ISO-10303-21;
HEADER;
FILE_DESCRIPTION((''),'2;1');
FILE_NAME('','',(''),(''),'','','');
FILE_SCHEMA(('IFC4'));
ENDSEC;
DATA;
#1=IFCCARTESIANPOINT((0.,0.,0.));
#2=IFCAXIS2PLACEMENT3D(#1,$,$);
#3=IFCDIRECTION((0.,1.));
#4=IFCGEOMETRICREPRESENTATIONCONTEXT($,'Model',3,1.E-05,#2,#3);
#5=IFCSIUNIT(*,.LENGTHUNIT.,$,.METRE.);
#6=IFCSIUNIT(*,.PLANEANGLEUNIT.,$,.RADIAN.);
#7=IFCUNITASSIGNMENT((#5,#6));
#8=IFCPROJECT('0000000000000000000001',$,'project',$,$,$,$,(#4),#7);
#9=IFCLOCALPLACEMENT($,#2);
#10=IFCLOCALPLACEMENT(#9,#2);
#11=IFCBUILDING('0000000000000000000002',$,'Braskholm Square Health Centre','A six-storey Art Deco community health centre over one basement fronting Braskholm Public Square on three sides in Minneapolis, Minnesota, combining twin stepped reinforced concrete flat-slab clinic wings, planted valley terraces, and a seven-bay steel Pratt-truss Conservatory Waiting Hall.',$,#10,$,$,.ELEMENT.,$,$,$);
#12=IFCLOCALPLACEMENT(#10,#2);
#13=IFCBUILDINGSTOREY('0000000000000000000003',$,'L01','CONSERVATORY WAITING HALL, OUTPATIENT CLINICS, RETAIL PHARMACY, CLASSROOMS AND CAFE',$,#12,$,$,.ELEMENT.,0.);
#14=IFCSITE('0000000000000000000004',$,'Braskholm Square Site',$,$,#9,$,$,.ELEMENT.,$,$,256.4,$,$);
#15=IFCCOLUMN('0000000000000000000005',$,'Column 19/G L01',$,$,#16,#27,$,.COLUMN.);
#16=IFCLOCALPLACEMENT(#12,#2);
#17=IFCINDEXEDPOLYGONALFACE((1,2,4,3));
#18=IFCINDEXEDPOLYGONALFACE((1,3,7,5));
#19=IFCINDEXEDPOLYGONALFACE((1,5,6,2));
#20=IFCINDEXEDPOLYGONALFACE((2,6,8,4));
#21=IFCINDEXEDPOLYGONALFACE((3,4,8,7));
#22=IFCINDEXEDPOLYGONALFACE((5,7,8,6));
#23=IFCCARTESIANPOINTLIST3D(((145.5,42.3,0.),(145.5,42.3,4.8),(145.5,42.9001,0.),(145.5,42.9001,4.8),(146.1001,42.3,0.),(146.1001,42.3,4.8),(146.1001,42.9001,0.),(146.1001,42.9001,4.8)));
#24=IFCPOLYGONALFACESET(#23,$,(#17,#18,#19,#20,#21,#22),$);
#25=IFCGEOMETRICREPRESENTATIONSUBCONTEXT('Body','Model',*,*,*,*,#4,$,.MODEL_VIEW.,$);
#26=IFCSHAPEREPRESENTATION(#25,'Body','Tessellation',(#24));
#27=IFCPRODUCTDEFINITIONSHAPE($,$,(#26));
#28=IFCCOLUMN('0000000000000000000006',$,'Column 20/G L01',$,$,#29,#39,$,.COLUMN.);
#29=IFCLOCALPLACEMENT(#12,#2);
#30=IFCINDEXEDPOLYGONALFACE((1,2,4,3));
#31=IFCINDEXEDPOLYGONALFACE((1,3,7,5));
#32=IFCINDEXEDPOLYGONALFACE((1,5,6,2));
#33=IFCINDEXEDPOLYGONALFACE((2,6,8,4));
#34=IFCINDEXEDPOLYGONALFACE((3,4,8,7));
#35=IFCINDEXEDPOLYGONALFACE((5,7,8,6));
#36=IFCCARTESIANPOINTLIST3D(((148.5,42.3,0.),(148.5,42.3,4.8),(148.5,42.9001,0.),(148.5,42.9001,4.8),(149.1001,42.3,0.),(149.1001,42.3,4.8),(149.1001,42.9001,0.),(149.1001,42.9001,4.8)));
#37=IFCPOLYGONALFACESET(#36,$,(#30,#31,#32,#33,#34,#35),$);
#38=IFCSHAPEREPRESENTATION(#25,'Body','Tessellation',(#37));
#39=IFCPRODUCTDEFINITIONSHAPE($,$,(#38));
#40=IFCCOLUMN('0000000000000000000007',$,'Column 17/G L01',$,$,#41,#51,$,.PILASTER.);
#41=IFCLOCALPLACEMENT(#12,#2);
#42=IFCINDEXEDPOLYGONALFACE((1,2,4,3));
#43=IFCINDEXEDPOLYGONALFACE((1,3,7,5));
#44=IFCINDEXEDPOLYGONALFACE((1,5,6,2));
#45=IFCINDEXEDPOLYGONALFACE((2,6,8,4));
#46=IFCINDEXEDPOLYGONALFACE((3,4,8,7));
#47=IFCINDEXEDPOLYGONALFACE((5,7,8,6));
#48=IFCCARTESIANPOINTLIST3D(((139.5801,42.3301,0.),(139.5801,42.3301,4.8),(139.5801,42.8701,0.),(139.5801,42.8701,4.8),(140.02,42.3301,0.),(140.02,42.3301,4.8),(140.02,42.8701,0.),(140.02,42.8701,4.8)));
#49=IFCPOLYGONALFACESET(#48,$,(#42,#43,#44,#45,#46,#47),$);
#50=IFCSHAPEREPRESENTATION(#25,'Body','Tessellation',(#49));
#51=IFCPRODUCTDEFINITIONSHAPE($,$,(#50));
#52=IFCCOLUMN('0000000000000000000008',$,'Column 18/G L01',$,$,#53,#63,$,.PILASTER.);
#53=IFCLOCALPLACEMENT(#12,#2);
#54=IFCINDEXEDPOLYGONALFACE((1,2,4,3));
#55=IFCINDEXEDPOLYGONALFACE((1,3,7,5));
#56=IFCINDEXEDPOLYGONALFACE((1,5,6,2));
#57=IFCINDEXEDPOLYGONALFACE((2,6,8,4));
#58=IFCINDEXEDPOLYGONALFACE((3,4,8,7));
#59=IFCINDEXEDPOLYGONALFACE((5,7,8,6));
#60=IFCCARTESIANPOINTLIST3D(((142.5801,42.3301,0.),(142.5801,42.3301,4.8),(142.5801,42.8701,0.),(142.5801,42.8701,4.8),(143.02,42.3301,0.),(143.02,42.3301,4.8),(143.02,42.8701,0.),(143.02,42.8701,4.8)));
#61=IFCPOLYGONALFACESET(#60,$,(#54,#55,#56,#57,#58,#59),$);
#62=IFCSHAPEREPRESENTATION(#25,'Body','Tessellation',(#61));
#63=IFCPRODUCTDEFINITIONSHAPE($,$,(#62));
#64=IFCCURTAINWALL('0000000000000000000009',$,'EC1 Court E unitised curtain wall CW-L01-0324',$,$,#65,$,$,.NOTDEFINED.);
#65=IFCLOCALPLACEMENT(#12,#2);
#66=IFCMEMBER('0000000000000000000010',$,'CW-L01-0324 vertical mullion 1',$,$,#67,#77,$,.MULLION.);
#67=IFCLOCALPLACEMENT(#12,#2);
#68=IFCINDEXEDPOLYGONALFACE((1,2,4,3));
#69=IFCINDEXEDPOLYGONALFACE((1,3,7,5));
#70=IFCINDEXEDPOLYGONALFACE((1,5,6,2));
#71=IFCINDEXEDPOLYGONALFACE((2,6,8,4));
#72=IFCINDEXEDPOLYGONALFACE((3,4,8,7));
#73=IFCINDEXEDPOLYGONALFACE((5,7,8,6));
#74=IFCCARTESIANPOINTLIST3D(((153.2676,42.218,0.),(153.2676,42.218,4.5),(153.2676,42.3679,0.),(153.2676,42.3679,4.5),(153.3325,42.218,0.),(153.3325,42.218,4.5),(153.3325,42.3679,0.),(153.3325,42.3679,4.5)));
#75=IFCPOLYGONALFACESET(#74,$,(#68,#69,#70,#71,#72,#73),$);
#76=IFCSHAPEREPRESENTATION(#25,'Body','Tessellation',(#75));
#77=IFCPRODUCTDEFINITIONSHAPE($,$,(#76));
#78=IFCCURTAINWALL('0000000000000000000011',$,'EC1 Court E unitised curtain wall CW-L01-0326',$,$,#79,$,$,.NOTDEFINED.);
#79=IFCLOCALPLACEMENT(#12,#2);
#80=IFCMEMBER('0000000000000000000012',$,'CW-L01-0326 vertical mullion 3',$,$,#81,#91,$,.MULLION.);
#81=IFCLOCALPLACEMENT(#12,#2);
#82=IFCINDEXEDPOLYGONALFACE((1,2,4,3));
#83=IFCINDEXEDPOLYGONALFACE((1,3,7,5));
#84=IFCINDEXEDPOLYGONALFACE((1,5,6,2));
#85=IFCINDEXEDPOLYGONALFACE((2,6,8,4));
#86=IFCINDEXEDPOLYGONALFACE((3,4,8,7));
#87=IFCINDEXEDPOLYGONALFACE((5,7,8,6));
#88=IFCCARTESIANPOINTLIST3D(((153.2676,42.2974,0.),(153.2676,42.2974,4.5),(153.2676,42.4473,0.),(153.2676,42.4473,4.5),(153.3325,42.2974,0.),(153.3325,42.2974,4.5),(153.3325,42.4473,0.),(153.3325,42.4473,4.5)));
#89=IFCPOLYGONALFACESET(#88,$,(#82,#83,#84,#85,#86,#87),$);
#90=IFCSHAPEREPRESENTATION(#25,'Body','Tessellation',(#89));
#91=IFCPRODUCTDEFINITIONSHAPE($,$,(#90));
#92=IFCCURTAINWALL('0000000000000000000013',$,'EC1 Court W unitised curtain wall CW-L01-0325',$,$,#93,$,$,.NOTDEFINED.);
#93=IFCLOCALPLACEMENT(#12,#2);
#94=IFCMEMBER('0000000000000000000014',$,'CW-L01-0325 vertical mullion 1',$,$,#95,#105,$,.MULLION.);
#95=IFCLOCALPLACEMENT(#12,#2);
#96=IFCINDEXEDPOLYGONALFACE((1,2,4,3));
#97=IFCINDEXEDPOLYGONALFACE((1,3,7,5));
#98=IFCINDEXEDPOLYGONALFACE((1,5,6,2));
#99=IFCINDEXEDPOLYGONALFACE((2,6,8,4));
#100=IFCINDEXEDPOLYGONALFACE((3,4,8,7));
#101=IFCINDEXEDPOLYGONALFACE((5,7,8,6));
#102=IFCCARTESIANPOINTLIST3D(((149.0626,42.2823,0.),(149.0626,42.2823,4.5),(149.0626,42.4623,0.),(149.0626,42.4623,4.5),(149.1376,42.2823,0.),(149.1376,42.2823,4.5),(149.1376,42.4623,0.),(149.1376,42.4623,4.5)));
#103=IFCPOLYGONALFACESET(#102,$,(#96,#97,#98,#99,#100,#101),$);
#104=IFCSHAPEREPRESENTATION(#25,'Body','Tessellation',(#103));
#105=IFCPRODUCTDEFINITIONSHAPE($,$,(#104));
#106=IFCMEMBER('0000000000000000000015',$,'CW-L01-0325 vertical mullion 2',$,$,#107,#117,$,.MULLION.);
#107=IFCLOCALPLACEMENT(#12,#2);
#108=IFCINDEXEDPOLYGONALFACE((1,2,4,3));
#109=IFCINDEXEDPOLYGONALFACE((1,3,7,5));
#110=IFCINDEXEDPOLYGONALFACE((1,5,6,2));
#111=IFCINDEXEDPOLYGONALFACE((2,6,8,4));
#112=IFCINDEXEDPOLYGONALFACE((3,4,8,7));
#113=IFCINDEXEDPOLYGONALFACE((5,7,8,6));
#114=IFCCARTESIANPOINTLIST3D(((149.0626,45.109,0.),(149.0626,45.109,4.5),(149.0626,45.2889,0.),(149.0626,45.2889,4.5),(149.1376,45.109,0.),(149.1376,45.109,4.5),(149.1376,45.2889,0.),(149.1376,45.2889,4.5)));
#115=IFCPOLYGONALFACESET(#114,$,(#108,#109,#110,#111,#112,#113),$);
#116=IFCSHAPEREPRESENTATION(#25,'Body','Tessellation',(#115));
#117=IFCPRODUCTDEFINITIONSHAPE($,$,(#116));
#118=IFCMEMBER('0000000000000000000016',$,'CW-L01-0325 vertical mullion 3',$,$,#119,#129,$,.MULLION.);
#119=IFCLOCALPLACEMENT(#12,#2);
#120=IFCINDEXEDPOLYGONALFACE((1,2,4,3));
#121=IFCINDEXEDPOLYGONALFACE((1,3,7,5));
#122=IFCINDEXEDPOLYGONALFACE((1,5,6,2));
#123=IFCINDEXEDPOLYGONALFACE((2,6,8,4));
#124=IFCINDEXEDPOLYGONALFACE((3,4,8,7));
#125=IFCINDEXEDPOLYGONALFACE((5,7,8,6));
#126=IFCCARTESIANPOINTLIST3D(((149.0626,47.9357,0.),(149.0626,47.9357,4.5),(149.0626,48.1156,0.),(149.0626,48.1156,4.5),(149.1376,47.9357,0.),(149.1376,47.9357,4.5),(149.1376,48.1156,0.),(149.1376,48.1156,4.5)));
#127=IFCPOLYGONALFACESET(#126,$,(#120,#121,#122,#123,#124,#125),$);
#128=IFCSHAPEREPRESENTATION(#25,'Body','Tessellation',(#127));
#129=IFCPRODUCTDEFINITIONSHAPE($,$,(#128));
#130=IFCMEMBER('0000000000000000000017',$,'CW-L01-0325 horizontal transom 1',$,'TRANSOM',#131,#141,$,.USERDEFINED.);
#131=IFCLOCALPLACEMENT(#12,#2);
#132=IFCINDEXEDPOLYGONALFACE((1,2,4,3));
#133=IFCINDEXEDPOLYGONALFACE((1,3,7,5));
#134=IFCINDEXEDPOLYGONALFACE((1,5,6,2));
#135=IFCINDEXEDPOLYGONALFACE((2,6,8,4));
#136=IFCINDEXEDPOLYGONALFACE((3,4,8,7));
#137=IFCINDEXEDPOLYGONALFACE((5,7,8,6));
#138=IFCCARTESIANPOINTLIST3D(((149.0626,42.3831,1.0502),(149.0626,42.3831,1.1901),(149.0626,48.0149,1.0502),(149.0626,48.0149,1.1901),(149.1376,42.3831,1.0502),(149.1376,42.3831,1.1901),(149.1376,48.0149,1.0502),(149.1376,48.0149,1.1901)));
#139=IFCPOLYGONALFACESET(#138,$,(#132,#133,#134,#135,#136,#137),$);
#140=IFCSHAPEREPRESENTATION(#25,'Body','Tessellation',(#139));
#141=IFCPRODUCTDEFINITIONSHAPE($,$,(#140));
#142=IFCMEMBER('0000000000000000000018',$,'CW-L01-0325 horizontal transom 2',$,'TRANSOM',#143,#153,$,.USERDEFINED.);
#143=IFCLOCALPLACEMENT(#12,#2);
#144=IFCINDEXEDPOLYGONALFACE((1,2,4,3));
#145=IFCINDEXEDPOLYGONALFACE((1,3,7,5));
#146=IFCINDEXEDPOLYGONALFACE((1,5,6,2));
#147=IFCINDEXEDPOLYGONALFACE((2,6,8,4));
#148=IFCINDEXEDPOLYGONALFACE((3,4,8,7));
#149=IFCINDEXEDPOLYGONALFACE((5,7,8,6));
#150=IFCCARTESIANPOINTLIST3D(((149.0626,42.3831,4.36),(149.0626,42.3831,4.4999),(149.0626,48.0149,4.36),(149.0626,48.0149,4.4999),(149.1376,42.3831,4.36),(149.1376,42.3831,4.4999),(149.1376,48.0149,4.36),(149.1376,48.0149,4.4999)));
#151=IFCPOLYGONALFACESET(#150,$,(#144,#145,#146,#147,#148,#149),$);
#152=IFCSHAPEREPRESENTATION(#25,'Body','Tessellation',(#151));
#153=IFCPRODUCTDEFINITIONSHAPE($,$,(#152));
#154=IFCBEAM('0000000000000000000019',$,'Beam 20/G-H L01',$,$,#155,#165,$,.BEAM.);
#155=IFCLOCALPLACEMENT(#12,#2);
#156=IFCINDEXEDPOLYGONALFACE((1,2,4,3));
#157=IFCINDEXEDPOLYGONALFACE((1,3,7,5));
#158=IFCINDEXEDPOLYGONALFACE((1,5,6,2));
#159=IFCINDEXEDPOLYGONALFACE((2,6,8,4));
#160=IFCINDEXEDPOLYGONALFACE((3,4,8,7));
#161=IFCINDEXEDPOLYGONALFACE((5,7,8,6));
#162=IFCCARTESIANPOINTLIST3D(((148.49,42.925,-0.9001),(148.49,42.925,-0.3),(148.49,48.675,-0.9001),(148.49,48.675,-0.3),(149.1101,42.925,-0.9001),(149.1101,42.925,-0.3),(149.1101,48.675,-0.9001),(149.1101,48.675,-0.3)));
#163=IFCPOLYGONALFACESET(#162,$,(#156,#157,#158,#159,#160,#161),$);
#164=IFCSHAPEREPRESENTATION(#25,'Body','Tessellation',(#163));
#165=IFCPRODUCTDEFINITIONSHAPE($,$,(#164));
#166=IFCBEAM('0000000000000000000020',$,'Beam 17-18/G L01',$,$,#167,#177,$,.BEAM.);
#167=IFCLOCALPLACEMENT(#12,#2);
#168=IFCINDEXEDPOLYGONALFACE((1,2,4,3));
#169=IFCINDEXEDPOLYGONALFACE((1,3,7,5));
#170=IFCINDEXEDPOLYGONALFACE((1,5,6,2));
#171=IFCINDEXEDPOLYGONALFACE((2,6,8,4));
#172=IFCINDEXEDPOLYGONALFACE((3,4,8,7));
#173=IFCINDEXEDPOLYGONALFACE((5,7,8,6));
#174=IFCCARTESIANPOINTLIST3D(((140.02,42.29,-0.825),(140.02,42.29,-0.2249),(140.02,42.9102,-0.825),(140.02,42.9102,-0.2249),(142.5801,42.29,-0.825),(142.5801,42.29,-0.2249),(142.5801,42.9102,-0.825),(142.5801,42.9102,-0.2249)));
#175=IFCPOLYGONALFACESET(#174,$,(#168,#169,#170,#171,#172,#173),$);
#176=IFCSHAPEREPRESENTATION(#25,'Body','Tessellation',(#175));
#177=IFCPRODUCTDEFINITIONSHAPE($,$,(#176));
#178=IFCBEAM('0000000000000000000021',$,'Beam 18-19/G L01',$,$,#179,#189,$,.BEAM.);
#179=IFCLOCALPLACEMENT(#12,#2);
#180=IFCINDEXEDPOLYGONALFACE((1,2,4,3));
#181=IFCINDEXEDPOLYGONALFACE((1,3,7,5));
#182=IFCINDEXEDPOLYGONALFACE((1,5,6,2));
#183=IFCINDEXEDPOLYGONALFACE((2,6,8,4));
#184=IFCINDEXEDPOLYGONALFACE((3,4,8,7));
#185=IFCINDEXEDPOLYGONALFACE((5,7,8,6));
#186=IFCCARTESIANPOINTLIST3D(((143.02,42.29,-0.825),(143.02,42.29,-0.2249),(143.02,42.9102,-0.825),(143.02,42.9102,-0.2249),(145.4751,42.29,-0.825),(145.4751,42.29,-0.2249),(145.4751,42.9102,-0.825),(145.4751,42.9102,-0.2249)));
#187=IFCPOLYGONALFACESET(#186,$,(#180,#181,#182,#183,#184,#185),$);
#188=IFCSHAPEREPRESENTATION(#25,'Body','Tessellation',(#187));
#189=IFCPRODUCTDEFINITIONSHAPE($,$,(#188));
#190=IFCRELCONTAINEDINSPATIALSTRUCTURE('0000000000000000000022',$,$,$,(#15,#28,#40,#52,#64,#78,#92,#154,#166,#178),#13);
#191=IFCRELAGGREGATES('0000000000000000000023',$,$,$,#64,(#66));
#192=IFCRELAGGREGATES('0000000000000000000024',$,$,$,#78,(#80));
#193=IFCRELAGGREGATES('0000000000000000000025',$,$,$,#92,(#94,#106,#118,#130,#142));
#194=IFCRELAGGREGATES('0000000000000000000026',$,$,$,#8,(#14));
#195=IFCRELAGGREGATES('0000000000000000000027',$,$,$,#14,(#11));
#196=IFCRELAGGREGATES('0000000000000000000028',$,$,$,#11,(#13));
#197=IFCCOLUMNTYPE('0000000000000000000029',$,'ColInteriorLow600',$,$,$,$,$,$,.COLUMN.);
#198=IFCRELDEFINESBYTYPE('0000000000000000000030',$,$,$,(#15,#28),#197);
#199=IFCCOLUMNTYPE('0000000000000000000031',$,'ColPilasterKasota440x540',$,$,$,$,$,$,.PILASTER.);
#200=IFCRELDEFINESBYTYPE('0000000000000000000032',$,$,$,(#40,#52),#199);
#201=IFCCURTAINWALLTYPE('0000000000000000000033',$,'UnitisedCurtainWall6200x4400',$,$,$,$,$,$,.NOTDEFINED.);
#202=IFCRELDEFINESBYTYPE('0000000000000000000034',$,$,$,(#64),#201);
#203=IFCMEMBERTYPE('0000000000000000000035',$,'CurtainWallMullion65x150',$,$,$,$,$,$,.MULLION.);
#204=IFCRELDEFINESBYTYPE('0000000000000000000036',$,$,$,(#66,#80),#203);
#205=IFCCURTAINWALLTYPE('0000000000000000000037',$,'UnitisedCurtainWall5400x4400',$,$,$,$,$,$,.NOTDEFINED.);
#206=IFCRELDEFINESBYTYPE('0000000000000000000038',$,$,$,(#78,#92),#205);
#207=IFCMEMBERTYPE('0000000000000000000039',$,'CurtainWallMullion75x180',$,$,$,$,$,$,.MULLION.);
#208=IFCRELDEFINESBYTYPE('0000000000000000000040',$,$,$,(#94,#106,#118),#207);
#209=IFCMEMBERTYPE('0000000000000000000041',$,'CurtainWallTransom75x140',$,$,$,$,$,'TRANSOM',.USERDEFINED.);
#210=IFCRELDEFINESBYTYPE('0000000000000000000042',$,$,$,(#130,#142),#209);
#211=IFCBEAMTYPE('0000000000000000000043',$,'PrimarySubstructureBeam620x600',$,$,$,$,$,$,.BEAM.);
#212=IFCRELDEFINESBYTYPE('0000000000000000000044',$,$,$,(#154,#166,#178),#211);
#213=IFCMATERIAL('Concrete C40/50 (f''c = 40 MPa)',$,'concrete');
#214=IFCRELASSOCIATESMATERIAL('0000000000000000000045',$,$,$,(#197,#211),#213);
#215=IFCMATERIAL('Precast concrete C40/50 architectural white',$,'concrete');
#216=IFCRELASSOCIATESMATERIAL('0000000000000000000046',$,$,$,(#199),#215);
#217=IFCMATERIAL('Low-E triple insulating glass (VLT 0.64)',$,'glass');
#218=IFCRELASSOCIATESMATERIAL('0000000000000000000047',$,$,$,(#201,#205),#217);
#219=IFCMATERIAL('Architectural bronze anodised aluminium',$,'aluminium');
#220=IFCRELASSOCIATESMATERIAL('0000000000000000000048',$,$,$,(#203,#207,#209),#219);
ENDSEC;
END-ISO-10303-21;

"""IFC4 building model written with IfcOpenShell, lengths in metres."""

from ifc_helpers import new_model, si_unit, direction, frame, origin, origin_2d, place, context, subcontext, project, spatial, rectangle, extrude, material, material_profile, profile_set, type_object, element, aggregate, save


model = new_model("IFC4")

# Units and contexts
model_context = context("Model", 3, precision=1e-05, world=origin(), true_north=direction((0.0, 1.0)))
body_context = subcontext(model_context, "Body", "Model", "MODEL_VIEW")
ifc_project = project(units=[si_unit("LENGTHUNIT", "METRE"), si_unit("PLANEANGLEUNIT", "RADIAN")], contexts=[model_context])

# Site, building, storey
site_placement = place(None, origin())
site = spatial("IfcSite", under=ifc_project, at=site_placement, Name="Braskholm Square Site", CompositionType="ELEMENT", RefElevation=256.4)
building_placement = place(site_placement, origin())
building = spatial("IfcBuilding", under=site, at=building_placement, Name="Braskholm Square Health Centre", Description="A six-storey Art Deco community health centre over one basement fronting Braskholm Public Square on three sides in Minneapolis, Minnesota, combining twin stepped reinforced concrete flat-slab clinic wings, planted valley terraces, and a seven-bay steel Pratt-truss Conservatory Waiting Hall.", CompositionType="ELEMENT")
storey_placement = place(building_placement, origin())
storey = spatial("IfcBuildingStorey", under=building, at=storey_placement, Name="L01", Description="CONSERVATORY WAITING HALL, OUTPATIENT CLINICS, RETAIL PHARMACY, CLASSROOMS AND CAFE", CompositionType="ELEMENT", Elevation=0.0)

# Columns
ifc_material_1 = material(Name="Concrete C40/50 (f'c = 40 MPa)", Category="concrete")
ifc_material_profile_1 = material_profile(ifc_material_1, rectangle(XDim=0.6001, YDim=0.6001, at=origin_2d()), Name="RC-600X600")
ifc_profile_set_1 = profile_set([ifc_material_profile_1], Name="Concrete C40/50 (f'c = 40 MPa)")
column_type_1 = type_object("IfcColumnType", Name="ColInteriorLow600", PredefinedType="COLUMN", material=ifc_profile_set_1)
for number, where, z_axis, x_axis, name in (
    (1, (145.8, 42.6001, 0.0), (0.0, 0.0, 1.0), (1.0, 0.0, 0.0), "Column 19/G L01"),
    (2, (148.8, 42.6001, 0.0), (0.0, 0.0, 1.0), (1.0, 0.0, 0.0), "Column 20/G L01"),
):
    element("IfcColumn", number, at=place(storey_placement, frame(where, z_axis=z_axis, x_axis=x_axis)), inside=storey, type_object=column_type_1, Name=name, PredefinedType="COLUMN", context=body_context, shape_type="SweptSolid", body=[
        extrude(rectangle(XDim=0.6001, YDim=0.6001, at=origin_2d()), origin(), (0.0, 0.0, 1.0), 4.8),
    ])
ifc_material_2 = material(Name="Precast concrete C40/50 architectural white", Category="concrete")
ifc_material_profile_2 = material_profile(ifc_material_2, rectangle(XDim=0.4399, YDim=0.54, at=origin_2d()), Name="RC-440X540")
ifc_profile_set_2 = profile_set([ifc_material_profile_2], Name="Precast concrete C40/50 architectural white")
column_type_2 = type_object("IfcColumnType", Name="ColPilasterKasota440x540", PredefinedType="PILASTER", material=ifc_profile_set_2)
for number, where, z_axis, x_axis, name in (
    (3, (139.8, 42.6001, 0.0), (0.0, 0.0, 1.0), (1.0, 0.0, 0.0), "Column 17/G L01"),
    (4, (142.8, 42.6001, 0.0), (0.0, 0.0, 1.0), (1.0, 0.0, 0.0), "Column 18/G L01"),
):
    element("IfcColumn", number, at=place(storey_placement, frame(where, z_axis=z_axis, x_axis=x_axis)), inside=storey, type_object=column_type_2, Name=name, PredefinedType="PILASTER", context=body_context, shape_type="SweptSolid", body=[
        extrude(rectangle(XDim=0.4399, YDim=0.54, at=origin_2d()), origin(), (0.0, 0.0, 1.0), 4.8),
    ])

# Curtain walls, members
ifc_material_3 = material(Name="Low-E triple insulating glass (VLT 0.64)", Category="glass")
curtain_wall_type_1 = type_object("IfcCurtainWallType", Name="UnitisedCurtainWall6200x4400", PredefinedType="NOTDEFINED", material=ifc_material_3)
curtain_wall_1_placement = place(storey_placement, origin())
curtain_wall_1 = element("IfcCurtainWall", 5, at=curtain_wall_1_placement, inside=storey, type_object=curtain_wall_type_1, Name="EC1 Court E unitised curtain wall CW-L01-0324", PredefinedType="NOTDEFINED")
ifc_material_4 = material(Name="Architectural bronze anodised aluminium", Category="aluminium")
ifc_material_profile_3 = material_profile(ifc_material_4, rectangle(XDim=0.0649, YDim=0.1499, at=origin_2d()), Name="ALU-65X150")
ifc_profile_set_3 = profile_set([ifc_material_profile_3], Name="Architectural bronze anodised aluminium")
member_type_1 = type_object("IfcMemberType", Name="CurtainWallMullion65x150", PredefinedType="MULLION", material=ifc_profile_set_3)
member_1_placement = place(storey_placement, frame((153.3, 42.293, 0.0), z_axis=(0.0, 0.0, 1.0), x_axis=(1.0, 0.0, 0.0)))
member_1 = element("IfcMember", 6, at=member_1_placement, type_object=member_type_1, Name="CW-L01-0324 vertical mullion 1", PredefinedType="MULLION", context=body_context, shape_type="SweptSolid", body=[
    extrude(rectangle(XDim=0.0649, YDim=0.1499, at=origin_2d()), origin(), (0.0, 0.0, 1.0), 4.5),
])
aggregate(curtain_wall_1, [member_1])
curtain_wall_type_2 = type_object("IfcCurtainWallType", Name="UnitisedCurtainWall5400x4400", PredefinedType="NOTDEFINED", material=ifc_material_3)
curtain_wall_2_placement = place(storey_placement, origin())
curtain_wall_2 = element("IfcCurtainWall", 7, at=curtain_wall_2_placement, inside=storey, type_object=curtain_wall_type_2, Name="EC1 Court E unitised curtain wall CW-L01-0326", PredefinedType="NOTDEFINED")
member_2_placement = place(storey_placement, frame((153.3, 42.3723, 0.0), z_axis=(0.0, 0.0, 1.0), x_axis=(1.0, 0.0, 0.0)))
member_2 = element("IfcMember", 8, at=member_2_placement, type_object=member_type_1, Name="CW-L01-0326 vertical mullion 3", PredefinedType="MULLION", context=body_context, shape_type="SweptSolid", body=[
    extrude(rectangle(XDim=0.0649, YDim=0.1499, at=origin_2d()), origin(), (0.0, 0.0, 1.0), 4.5),
])
aggregate(curtain_wall_2, [member_2])

# Curtain wall, members
curtain_wall_3_placement = place(storey_placement, origin())
curtain_wall_3 = element("IfcCurtainWall", 9, at=curtain_wall_3_placement, inside=storey, type_object=curtain_wall_type_2, Name="EC1 Court W unitised curtain wall CW-L01-0325", PredefinedType="NOTDEFINED")
ifc_material_profile_4 = material_profile(ifc_material_4, rectangle(XDim=0.075, YDim=0.1799, at=origin_2d()), Name="ALU-75X180")
ifc_profile_set_4 = profile_set([ifc_material_profile_4], Name="Architectural bronze anodised aluminium")
member_type_2 = type_object("IfcMemberType", Name="CurtainWallMullion75x180", PredefinedType="MULLION", material=ifc_profile_set_4)
member_3_placement = place(storey_placement, frame((149.1001, 42.3723, 0.0), z_axis=(0.0, 0.0, 1.0), x_axis=(1.0, 0.0, 0.0)))
member_3 = element("IfcMember", 10, at=member_3_placement, type_object=member_type_2, Name="CW-L01-0325 vertical mullion 1", PredefinedType="MULLION", context=body_context, shape_type="SweptSolid", body=[
    extrude(rectangle(XDim=0.075, YDim=0.1799, at=origin_2d()), origin(), (0.0, 0.0, 1.0), 4.5),
])
member_4_placement = place(storey_placement, frame((149.1001, 45.199, 0.0), z_axis=(0.0, 0.0, 1.0), x_axis=(1.0, 0.0, 0.0)))
member_4 = element("IfcMember", 11, at=member_4_placement, type_object=member_type_2, Name="CW-L01-0325 vertical mullion 2", PredefinedType="MULLION", context=body_context, shape_type="SweptSolid", body=[
    extrude(rectangle(XDim=0.075, YDim=0.1799, at=origin_2d()), origin(), (0.0, 0.0, 1.0), 4.5),
])
member_5_placement = place(storey_placement, frame((149.1001, 48.0256, 0.0), z_axis=(0.0, 0.0, 1.0), x_axis=(1.0, 0.0, 0.0)))
member_5 = element("IfcMember", 12, at=member_5_placement, type_object=member_type_2, Name="CW-L01-0325 vertical mullion 3", PredefinedType="MULLION", context=body_context, shape_type="SweptSolid", body=[
    extrude(rectangle(XDim=0.075, YDim=0.1799, at=origin_2d()), origin(), (0.0, 0.0, 1.0), 4.5),
])
ifc_material_profile_5 = material_profile(ifc_material_4, rectangle(XDim=0.075, YDim=0.1399, at=origin_2d()), Name="ALU-75X140")
ifc_profile_set_5 = profile_set([ifc_material_profile_5], Name="Architectural bronze anodised aluminium")
member_type_3 = type_object("IfcMemberType", Name="CurtainWallTransom75x140", ElementType="TRANSOM", PredefinedType="USERDEFINED", material=ifc_profile_set_5)
member_6_placement = place(storey_placement, frame((149.1001, 42.3831, 1.1201), z_axis=(0.0, 1.0, 0.0), x_axis=(-1.0, 0.0, 0.0)))
member_6 = element("IfcMember", 13, at=member_6_placement, type_object=member_type_3, Name="CW-L01-0325 horizontal transom 1", ObjectType="TRANSOM", PredefinedType="USERDEFINED", context=body_context, shape_type="SweptSolid", body=[
    extrude(rectangle(XDim=0.075, YDim=0.1399, at=origin_2d()), origin(), (0.0, 0.0, 1.0), 5.6318),
])
member_7_placement = place(storey_placement, frame((149.1001, 42.3831, 4.4299), z_axis=(0.0, 1.0, 0.0), x_axis=(-1.0, 0.0, 0.0)))
member_7 = element("IfcMember", 14, at=member_7_placement, type_object=member_type_3, Name="CW-L01-0325 horizontal transom 2", ObjectType="TRANSOM", PredefinedType="USERDEFINED", context=body_context, shape_type="SweptSolid", body=[
    extrude(rectangle(XDim=0.075, YDim=0.1399, at=origin_2d()), origin(), (0.0, 0.0, 1.0), 5.6318),
])

# Beams
ifc_material_profile_6 = material_profile(ifc_material_1, rectangle(XDim=0.6201, YDim=0.6001, at=origin_2d()), Name="RCB-620X600")
ifc_profile_set_6 = profile_set([ifc_material_profile_6], Name="Concrete C40/50 (f'c = 40 MPa)")
beam_type_1 = type_object("IfcBeamType", Name="PrimarySubstructureBeam620x600", PredefinedType="BEAM", material=ifc_profile_set_6)
beam_1_placement = place(storey_placement, frame((148.8, 42.925, -0.6001), z_axis=(0.0, 1.0, 0.0), x_axis=(-1.0, 0.0, 0.0)))
element("IfcBeam", 15, at=beam_1_placement, inside=storey, type_object=beam_type_1, Name="Beam 20/G-H L01", PredefinedType="BEAM", context=body_context, shape_type="SweptSolid", body=[
    extrude(rectangle(XDim=0.6201, YDim=0.6001, at=origin_2d()), origin(), (0.0, 0.0, 1.0), 5.75),
])
beam_2_placement = place(storey_placement, frame((140.02, 42.6001, -0.5249), z_axis=(1.0, 0.0, 0.0), x_axis=(0.0, 1.0, 0.0)))
element("IfcBeam", 16, at=beam_2_placement, inside=storey, type_object=beam_type_1, Name="Beam 17-18/G L01", PredefinedType="BEAM", context=body_context, shape_type="SweptSolid", body=[
    extrude(rectangle(XDim=0.6201, YDim=0.6001, at=origin_2d()), origin(), (0.0, 0.0, 1.0), 2.5601),
])
beam_3_placement = place(storey_placement, frame((143.02, 42.6001, -0.5249), z_axis=(1.0, 0.0, 0.0), x_axis=(0.0, 1.0, 0.0)))
element("IfcBeam", 17, at=beam_3_placement, inside=storey, type_object=beam_type_1, Name="Beam 18-19/G L01", PredefinedType="BEAM", context=body_context, shape_type="SweptSolid", body=[
    extrude(rectangle(XDim=0.6201, YDim=0.6001, at=origin_2d()), origin(), (0.0, 0.0, 1.0), 2.4551),
])

aggregate(curtain_wall_3, [member_3, member_4, member_5, member_6, member_7])

save(model, "model.ifc")
